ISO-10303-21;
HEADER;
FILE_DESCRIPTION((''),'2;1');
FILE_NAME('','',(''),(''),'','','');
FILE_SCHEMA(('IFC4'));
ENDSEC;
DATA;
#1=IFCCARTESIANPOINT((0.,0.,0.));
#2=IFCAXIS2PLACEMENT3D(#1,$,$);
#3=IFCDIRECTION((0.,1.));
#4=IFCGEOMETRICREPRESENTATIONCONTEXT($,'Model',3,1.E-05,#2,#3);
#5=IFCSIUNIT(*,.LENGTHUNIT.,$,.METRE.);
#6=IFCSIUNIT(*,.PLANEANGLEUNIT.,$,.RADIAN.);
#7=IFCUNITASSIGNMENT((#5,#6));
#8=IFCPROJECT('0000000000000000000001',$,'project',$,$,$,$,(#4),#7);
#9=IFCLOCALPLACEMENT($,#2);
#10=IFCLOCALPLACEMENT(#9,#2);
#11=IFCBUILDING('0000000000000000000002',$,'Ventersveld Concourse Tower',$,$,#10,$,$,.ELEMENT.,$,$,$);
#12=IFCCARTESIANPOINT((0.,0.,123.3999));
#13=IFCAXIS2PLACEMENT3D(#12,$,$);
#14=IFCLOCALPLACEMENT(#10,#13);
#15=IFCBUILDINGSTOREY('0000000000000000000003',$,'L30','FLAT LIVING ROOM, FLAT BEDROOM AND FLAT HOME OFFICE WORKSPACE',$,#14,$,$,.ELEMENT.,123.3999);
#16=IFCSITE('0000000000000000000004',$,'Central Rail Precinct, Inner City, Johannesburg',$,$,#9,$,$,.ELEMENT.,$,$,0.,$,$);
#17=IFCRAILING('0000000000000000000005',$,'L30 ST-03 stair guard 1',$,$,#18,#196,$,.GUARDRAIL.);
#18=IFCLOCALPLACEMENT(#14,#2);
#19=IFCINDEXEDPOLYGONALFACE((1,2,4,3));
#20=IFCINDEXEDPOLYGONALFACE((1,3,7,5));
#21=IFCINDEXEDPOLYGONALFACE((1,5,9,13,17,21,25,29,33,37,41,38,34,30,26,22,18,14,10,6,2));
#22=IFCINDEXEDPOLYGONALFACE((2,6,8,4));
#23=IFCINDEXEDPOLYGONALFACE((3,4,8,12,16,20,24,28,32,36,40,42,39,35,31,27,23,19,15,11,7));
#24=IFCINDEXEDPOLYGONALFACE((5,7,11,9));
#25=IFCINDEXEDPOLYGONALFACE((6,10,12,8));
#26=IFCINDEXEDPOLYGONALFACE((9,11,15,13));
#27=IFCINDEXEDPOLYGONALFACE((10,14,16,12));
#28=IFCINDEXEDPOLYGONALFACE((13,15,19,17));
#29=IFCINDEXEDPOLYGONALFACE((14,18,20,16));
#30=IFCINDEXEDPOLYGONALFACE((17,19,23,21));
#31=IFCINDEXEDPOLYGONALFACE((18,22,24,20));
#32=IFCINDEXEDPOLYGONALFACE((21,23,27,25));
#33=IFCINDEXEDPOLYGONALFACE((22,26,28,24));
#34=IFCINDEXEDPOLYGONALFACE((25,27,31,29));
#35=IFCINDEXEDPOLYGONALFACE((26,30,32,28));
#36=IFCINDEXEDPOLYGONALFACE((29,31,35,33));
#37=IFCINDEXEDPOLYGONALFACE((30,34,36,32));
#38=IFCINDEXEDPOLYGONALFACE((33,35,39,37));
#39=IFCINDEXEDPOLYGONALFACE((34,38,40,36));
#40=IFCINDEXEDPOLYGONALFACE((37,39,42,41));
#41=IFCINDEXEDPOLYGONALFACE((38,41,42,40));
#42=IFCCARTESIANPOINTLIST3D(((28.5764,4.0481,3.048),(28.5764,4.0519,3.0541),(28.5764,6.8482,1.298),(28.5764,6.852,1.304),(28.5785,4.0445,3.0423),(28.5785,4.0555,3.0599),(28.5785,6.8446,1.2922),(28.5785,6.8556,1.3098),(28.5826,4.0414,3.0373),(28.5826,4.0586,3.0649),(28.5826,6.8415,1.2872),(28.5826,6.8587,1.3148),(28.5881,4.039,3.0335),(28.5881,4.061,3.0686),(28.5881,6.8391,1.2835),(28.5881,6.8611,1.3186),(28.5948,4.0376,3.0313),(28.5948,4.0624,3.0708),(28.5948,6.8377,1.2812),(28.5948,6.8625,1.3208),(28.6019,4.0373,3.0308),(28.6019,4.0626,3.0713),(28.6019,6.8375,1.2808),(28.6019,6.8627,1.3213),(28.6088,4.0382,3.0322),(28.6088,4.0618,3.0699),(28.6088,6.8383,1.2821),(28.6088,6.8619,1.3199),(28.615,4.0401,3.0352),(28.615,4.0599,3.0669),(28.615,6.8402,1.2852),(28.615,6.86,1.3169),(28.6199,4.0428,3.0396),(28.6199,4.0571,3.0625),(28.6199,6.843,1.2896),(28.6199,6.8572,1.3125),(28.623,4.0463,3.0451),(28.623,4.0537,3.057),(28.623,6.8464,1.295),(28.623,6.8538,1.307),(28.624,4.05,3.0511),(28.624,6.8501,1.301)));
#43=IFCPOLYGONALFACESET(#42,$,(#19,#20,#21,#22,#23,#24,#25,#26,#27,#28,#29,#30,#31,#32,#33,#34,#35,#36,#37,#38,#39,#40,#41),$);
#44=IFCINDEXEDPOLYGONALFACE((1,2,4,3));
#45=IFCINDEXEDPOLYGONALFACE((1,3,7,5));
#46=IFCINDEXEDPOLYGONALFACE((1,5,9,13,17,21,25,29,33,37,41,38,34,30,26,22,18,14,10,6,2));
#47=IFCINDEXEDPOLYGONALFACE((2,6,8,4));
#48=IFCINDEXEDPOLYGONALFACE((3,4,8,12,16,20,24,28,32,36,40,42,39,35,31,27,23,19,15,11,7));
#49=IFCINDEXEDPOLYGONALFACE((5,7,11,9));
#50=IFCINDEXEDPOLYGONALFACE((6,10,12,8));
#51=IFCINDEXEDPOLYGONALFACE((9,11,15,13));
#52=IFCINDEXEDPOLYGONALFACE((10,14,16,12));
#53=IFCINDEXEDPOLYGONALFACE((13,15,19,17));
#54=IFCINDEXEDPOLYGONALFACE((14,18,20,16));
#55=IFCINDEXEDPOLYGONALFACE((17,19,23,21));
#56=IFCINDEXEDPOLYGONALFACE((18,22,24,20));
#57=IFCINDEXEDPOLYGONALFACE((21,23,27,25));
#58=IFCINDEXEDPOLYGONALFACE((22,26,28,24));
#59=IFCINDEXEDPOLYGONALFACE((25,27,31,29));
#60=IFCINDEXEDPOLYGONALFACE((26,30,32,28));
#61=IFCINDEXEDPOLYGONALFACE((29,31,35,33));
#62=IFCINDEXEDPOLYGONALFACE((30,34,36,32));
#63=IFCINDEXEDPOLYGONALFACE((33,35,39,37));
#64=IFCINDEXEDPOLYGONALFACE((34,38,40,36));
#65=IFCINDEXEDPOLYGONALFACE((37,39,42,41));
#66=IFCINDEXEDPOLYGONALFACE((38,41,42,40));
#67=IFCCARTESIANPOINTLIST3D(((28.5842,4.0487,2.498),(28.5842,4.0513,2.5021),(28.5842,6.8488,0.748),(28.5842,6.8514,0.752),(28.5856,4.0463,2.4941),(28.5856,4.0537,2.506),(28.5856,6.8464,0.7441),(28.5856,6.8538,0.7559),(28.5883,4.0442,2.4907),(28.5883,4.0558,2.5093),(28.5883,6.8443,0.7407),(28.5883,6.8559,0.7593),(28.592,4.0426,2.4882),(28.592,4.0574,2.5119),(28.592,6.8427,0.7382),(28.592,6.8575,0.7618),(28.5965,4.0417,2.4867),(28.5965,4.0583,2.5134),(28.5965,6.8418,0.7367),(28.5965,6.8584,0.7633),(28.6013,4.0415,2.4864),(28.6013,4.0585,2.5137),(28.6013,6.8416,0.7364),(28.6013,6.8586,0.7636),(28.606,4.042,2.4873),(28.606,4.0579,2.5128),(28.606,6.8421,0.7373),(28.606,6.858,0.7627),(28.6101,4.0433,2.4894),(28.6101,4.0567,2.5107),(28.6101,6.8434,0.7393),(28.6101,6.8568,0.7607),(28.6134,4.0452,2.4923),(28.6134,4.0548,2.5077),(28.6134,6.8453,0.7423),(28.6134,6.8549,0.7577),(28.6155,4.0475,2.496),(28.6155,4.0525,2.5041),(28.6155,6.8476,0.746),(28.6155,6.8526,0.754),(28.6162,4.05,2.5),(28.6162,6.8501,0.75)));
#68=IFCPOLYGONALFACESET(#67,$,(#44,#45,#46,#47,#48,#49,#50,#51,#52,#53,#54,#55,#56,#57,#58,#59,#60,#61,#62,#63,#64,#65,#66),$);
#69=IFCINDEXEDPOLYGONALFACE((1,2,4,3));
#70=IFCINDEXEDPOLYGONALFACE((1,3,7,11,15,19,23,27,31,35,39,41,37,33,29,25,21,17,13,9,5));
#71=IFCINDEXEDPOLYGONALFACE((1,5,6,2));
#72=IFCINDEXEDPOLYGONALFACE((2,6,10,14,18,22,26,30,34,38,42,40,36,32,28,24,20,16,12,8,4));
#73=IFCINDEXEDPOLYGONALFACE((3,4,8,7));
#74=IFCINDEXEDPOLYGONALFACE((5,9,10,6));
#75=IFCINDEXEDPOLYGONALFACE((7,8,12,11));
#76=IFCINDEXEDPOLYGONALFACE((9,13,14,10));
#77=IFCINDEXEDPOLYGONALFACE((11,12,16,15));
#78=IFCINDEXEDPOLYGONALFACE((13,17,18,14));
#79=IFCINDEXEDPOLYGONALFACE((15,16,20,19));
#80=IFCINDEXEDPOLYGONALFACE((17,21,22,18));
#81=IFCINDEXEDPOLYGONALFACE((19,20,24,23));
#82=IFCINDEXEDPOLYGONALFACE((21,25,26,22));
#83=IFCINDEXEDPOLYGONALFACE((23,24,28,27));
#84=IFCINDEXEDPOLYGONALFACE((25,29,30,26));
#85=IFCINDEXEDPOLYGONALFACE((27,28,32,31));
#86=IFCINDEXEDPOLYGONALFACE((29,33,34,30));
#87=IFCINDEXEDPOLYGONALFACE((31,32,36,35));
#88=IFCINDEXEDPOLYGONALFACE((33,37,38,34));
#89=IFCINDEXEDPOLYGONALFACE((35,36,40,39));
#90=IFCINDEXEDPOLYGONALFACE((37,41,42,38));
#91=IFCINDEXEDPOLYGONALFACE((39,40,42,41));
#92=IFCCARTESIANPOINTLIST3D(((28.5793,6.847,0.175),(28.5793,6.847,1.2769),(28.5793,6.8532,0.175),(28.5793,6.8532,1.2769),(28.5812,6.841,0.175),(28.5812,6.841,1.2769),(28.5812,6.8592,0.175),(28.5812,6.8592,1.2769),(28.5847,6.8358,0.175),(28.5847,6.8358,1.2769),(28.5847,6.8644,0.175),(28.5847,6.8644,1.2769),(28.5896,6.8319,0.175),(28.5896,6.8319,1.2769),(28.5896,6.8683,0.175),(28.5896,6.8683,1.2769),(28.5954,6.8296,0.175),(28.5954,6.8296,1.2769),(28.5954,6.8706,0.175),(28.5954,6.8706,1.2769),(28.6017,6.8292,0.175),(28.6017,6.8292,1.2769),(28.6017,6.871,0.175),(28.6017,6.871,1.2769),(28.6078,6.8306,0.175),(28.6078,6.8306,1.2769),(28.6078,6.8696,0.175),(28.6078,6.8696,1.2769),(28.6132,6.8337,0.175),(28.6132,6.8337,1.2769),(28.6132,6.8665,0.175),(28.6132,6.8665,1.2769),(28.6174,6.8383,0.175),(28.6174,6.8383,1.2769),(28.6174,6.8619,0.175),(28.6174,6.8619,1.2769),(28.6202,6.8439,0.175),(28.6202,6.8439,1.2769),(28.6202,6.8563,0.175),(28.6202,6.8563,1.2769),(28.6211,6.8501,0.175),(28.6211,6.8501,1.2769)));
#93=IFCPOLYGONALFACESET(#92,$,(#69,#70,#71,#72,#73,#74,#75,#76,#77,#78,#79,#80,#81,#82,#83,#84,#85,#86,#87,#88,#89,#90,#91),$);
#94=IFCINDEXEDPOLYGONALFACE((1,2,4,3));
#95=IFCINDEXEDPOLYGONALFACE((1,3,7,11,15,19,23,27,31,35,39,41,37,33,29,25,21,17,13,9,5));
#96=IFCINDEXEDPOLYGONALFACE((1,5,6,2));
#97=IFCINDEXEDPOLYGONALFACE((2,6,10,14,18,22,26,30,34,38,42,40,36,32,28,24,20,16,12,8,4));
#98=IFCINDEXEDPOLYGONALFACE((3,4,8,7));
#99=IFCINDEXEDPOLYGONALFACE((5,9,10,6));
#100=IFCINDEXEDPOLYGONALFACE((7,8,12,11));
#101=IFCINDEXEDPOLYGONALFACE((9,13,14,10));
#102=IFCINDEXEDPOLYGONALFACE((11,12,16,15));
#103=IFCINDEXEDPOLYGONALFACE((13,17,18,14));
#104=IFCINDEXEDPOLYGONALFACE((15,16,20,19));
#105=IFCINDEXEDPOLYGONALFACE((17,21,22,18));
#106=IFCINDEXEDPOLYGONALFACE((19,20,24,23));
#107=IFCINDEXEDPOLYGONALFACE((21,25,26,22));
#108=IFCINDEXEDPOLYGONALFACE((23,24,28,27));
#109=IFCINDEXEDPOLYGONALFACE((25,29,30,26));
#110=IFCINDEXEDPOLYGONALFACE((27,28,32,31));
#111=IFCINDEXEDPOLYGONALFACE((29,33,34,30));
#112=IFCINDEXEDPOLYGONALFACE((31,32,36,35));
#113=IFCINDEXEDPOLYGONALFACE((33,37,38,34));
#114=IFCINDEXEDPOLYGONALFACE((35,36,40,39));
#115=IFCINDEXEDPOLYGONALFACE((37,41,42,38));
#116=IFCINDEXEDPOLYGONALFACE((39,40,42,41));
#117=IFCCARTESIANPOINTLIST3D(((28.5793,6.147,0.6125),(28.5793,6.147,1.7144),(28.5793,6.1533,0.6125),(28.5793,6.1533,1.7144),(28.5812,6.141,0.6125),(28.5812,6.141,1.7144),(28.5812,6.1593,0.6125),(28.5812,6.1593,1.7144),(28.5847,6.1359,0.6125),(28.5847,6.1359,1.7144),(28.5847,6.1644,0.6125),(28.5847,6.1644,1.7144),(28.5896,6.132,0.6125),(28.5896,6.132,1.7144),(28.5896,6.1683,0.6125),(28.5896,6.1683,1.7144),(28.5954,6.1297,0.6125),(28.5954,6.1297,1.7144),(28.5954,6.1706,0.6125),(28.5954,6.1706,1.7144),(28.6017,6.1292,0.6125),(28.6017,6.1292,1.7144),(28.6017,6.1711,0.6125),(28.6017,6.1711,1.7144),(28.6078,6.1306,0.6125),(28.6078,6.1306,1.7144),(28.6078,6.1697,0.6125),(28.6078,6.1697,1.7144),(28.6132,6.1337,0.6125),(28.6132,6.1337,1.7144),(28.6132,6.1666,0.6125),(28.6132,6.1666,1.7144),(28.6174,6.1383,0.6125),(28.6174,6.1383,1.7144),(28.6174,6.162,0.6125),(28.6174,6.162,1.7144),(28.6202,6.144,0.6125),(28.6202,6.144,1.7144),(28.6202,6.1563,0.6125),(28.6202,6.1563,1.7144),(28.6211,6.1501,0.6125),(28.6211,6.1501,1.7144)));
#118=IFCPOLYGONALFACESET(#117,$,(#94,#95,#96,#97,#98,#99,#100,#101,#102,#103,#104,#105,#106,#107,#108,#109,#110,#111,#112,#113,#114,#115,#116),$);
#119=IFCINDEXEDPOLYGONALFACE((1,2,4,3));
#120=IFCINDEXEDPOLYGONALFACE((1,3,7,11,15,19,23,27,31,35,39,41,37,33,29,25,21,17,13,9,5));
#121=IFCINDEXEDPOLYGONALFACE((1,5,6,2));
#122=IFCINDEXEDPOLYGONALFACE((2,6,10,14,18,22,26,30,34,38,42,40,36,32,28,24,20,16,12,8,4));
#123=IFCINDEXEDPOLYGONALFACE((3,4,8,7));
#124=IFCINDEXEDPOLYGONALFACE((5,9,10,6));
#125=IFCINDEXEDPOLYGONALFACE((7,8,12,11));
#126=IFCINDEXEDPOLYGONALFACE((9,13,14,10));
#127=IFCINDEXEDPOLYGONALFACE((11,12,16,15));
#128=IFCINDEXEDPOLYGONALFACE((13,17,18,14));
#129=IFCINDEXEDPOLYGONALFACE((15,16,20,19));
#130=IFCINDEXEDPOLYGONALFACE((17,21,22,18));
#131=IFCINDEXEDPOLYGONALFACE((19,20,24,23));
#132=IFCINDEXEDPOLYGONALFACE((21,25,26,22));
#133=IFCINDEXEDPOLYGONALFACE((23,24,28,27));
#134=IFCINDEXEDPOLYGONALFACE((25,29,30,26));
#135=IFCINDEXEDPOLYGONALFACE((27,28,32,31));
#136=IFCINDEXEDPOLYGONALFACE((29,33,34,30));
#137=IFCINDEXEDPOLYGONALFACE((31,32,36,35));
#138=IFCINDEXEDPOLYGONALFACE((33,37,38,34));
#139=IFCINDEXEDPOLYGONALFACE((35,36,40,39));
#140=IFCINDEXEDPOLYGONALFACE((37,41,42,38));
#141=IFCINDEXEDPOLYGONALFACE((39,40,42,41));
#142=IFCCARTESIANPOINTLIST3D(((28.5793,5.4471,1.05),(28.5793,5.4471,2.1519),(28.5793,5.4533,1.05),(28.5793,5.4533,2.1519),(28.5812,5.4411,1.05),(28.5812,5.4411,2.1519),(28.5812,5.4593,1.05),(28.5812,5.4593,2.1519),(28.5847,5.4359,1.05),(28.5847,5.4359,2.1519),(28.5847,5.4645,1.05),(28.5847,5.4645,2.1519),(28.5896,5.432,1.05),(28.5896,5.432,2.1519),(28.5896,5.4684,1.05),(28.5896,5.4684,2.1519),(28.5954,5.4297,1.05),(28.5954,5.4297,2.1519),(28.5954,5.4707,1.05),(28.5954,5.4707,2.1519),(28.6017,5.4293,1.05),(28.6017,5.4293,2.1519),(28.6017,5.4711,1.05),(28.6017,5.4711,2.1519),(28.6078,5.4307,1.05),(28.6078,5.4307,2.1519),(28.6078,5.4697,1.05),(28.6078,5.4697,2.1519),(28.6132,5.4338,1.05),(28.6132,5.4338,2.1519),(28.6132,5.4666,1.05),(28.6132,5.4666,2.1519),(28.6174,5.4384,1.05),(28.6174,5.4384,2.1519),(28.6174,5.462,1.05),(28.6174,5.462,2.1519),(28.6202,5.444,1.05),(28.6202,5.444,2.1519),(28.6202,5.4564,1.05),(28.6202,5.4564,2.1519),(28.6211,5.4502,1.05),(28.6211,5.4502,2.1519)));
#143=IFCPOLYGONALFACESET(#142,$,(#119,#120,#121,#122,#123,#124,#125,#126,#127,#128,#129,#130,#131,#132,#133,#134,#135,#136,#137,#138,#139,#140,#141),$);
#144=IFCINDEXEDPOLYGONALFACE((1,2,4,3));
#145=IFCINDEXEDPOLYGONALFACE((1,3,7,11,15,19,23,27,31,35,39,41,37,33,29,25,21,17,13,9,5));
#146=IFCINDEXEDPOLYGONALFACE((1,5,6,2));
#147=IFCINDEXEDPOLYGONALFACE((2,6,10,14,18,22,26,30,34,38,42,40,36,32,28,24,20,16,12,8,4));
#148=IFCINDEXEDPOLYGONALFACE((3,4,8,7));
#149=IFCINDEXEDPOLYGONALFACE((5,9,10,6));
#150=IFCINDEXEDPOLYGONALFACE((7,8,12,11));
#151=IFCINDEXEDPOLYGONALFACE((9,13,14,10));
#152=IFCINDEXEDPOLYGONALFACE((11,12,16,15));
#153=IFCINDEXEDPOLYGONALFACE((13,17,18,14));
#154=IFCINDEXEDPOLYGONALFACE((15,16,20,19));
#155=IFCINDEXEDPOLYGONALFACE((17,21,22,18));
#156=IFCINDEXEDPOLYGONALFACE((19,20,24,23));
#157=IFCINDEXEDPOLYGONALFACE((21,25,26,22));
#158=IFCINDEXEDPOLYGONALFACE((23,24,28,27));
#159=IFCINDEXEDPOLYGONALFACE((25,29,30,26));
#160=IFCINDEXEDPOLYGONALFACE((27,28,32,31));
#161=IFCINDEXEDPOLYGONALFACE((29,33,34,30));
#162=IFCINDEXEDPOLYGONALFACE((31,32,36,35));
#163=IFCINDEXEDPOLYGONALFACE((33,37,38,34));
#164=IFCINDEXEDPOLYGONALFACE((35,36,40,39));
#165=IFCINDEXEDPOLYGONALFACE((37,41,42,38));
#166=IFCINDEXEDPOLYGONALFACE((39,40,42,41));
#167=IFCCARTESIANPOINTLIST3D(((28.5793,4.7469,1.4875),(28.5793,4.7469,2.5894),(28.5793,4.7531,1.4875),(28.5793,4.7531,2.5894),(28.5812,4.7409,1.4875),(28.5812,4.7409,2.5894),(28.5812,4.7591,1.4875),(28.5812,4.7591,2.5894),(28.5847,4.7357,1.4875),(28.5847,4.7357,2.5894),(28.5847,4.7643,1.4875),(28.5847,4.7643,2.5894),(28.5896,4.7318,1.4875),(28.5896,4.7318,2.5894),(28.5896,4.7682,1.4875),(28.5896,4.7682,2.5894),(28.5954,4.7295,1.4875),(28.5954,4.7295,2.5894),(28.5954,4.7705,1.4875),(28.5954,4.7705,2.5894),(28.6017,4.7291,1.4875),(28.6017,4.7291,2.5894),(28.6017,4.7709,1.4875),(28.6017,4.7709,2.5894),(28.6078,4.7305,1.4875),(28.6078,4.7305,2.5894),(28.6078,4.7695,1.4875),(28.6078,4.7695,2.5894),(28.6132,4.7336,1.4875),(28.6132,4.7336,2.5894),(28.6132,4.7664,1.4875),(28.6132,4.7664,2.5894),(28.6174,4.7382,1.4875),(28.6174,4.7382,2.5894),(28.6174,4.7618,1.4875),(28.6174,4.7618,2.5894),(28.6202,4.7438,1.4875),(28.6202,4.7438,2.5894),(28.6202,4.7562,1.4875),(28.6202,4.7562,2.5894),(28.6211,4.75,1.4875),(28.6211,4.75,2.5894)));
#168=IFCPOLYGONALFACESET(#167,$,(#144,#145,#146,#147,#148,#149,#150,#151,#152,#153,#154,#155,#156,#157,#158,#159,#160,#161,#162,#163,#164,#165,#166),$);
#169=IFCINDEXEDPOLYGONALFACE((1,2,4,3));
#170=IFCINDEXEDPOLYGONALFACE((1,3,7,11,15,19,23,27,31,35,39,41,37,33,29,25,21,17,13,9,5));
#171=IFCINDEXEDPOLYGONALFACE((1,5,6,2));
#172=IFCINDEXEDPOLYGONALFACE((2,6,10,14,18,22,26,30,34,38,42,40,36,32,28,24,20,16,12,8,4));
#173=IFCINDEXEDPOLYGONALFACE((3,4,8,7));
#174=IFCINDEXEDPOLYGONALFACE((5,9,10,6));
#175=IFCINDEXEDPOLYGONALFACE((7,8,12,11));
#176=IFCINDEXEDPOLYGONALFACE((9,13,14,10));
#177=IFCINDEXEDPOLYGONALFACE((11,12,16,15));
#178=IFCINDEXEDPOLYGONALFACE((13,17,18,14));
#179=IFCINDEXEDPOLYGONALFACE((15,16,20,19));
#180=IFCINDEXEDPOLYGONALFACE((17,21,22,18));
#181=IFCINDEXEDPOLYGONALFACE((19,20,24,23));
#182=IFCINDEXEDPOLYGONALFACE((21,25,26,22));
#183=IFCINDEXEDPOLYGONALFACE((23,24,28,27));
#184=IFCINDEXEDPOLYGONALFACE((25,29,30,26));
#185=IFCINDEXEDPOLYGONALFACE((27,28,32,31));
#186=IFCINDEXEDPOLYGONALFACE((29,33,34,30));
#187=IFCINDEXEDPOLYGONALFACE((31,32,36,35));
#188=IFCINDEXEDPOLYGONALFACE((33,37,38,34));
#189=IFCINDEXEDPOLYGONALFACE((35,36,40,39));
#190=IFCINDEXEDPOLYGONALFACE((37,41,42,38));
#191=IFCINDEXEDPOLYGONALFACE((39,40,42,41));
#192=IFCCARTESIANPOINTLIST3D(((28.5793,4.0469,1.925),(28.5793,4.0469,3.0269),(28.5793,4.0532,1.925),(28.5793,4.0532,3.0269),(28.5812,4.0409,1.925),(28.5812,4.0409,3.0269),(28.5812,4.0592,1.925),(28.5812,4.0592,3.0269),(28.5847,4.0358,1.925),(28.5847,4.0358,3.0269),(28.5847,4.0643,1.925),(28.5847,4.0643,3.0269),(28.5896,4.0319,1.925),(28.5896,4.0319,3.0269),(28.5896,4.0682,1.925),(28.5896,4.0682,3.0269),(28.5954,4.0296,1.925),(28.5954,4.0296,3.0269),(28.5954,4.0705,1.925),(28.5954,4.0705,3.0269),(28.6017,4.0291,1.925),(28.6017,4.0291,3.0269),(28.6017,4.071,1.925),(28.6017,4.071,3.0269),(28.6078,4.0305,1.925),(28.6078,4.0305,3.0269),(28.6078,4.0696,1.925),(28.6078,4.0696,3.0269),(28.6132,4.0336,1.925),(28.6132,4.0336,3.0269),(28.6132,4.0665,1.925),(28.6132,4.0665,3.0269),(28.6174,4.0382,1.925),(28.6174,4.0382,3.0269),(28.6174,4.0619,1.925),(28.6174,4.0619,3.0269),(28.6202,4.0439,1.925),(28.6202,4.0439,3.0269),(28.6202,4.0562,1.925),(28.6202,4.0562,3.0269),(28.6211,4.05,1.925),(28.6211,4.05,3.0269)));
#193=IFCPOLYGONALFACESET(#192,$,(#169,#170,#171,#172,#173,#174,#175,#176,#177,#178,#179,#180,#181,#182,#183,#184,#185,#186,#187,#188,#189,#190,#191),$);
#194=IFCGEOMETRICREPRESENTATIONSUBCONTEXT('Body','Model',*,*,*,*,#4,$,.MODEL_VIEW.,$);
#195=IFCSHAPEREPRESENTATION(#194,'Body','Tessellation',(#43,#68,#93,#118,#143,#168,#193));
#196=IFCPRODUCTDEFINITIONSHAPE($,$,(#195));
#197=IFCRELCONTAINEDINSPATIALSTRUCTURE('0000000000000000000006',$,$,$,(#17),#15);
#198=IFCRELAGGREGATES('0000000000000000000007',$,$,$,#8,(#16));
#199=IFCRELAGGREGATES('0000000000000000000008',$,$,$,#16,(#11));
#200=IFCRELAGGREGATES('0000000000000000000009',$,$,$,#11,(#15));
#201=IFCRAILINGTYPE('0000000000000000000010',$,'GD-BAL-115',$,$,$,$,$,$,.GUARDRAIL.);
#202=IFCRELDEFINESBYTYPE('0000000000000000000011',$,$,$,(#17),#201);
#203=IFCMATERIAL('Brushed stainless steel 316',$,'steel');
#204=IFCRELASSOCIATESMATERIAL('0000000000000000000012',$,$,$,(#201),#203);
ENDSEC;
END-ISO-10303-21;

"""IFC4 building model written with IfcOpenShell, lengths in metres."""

from ifc_helpers import new_model, si_unit, direction, frame, origin, origin_2d, place, context, subcontext, project, spatial, circle, extrude, material, type_object, element, save


model = new_model("IFC4")

# Units and contexts
model_context = context("Model", 3, precision=1e-05, world=origin(), true_north=direction((0.0, 1.0)))
body_context = subcontext(model_context, "Body", "Model", "MODEL_VIEW")
ifc_project = project(units=[si_unit("LENGTHUNIT", "METRE"), si_unit("PLANEANGLEUNIT", "RADIAN")], contexts=[model_context])

# Site, building, storey
site_placement = place(None, origin())
site = spatial("IfcSite", under=ifc_project, at=site_placement, Name="Central Rail Precinct, Inner City, Johannesburg", CompositionType="ELEMENT", RefElevation=0.0)
building_placement = place(site_placement, origin())
building = spatial("IfcBuilding", under=site, at=building_placement, Name="Ventersveld Concourse Tower", CompositionType="ELEMENT")
storey_placement = place(building_placement, frame((0.0, 0.0, 123.3999)))
storey = spatial("IfcBuildingStorey", under=building, at=storey_placement, Name="L30", Description="FLAT LIVING ROOM, FLAT BEDROOM AND FLAT HOME OFFICE WORKSPACE", CompositionType="ELEMENT", Elevation=123.3999)

# Shared definitions
ifc_material_1 = material(Name="Brushed stainless steel 316", Category="steel")

# Railing
railing_type_1 = type_object("IfcRailingType", Name="GD-BAL-115", PredefinedType="GUARDRAIL", material=ifc_material_1)
railing_1_placement = place(storey_placement, frame((28.6001, 6.8501, 0.175)))
element("IfcRailing", 1, at=railing_1_placement, inside=storey, type_object=railing_type_1, Name="L30 ST-03 stair guard 1", PredefinedType="GUARDRAIL", context=body_context, shape_type="SweptSolid", body=[
    extrude(circle(Radius=0.0239, at=origin_2d()), frame((0.0, 0.0, 1.126), z_axis=(0.0, -0.848002, 0.529992), x_axis=(1.0, 0.0, 0.0)), (0.0, 0.0, 1.0), 3.302),
    extrude(circle(Radius=0.0161, at=origin_2d()), frame((0.0, 0.0, 0.575), z_axis=(0.0, -0.848002, 0.529992), x_axis=(1.0, 0.0, 0.0)), (0.0, 0.0, 1.0), 3.302),
    extrude(circle(Radius=0.021, at=origin_2d()), origin(), (0.0, 0.0, 1.0), 1.1018),
    extrude(circle(Radius=0.021, at=origin_2d()), frame((0.0, -0.7, 0.4375)), (0.0, 0.0, 1.0), 1.1018),
    extrude(circle(Radius=0.021, at=origin_2d()), frame((0.0, -1.3999, 0.875)), (0.0, 0.0, 1.0), 1.1018),
    extrude(circle(Radius=0.021, at=origin_2d()), frame((0.0, -2.1001, 1.3125)), (0.0, 0.0, 1.0), 1.1018),
    extrude(circle(Radius=0.021, at=origin_2d()), frame((0.0, -2.8, 1.75)), (0.0, 0.0, 1.0), 1.1018),
])

save(model, "model.ifc")
